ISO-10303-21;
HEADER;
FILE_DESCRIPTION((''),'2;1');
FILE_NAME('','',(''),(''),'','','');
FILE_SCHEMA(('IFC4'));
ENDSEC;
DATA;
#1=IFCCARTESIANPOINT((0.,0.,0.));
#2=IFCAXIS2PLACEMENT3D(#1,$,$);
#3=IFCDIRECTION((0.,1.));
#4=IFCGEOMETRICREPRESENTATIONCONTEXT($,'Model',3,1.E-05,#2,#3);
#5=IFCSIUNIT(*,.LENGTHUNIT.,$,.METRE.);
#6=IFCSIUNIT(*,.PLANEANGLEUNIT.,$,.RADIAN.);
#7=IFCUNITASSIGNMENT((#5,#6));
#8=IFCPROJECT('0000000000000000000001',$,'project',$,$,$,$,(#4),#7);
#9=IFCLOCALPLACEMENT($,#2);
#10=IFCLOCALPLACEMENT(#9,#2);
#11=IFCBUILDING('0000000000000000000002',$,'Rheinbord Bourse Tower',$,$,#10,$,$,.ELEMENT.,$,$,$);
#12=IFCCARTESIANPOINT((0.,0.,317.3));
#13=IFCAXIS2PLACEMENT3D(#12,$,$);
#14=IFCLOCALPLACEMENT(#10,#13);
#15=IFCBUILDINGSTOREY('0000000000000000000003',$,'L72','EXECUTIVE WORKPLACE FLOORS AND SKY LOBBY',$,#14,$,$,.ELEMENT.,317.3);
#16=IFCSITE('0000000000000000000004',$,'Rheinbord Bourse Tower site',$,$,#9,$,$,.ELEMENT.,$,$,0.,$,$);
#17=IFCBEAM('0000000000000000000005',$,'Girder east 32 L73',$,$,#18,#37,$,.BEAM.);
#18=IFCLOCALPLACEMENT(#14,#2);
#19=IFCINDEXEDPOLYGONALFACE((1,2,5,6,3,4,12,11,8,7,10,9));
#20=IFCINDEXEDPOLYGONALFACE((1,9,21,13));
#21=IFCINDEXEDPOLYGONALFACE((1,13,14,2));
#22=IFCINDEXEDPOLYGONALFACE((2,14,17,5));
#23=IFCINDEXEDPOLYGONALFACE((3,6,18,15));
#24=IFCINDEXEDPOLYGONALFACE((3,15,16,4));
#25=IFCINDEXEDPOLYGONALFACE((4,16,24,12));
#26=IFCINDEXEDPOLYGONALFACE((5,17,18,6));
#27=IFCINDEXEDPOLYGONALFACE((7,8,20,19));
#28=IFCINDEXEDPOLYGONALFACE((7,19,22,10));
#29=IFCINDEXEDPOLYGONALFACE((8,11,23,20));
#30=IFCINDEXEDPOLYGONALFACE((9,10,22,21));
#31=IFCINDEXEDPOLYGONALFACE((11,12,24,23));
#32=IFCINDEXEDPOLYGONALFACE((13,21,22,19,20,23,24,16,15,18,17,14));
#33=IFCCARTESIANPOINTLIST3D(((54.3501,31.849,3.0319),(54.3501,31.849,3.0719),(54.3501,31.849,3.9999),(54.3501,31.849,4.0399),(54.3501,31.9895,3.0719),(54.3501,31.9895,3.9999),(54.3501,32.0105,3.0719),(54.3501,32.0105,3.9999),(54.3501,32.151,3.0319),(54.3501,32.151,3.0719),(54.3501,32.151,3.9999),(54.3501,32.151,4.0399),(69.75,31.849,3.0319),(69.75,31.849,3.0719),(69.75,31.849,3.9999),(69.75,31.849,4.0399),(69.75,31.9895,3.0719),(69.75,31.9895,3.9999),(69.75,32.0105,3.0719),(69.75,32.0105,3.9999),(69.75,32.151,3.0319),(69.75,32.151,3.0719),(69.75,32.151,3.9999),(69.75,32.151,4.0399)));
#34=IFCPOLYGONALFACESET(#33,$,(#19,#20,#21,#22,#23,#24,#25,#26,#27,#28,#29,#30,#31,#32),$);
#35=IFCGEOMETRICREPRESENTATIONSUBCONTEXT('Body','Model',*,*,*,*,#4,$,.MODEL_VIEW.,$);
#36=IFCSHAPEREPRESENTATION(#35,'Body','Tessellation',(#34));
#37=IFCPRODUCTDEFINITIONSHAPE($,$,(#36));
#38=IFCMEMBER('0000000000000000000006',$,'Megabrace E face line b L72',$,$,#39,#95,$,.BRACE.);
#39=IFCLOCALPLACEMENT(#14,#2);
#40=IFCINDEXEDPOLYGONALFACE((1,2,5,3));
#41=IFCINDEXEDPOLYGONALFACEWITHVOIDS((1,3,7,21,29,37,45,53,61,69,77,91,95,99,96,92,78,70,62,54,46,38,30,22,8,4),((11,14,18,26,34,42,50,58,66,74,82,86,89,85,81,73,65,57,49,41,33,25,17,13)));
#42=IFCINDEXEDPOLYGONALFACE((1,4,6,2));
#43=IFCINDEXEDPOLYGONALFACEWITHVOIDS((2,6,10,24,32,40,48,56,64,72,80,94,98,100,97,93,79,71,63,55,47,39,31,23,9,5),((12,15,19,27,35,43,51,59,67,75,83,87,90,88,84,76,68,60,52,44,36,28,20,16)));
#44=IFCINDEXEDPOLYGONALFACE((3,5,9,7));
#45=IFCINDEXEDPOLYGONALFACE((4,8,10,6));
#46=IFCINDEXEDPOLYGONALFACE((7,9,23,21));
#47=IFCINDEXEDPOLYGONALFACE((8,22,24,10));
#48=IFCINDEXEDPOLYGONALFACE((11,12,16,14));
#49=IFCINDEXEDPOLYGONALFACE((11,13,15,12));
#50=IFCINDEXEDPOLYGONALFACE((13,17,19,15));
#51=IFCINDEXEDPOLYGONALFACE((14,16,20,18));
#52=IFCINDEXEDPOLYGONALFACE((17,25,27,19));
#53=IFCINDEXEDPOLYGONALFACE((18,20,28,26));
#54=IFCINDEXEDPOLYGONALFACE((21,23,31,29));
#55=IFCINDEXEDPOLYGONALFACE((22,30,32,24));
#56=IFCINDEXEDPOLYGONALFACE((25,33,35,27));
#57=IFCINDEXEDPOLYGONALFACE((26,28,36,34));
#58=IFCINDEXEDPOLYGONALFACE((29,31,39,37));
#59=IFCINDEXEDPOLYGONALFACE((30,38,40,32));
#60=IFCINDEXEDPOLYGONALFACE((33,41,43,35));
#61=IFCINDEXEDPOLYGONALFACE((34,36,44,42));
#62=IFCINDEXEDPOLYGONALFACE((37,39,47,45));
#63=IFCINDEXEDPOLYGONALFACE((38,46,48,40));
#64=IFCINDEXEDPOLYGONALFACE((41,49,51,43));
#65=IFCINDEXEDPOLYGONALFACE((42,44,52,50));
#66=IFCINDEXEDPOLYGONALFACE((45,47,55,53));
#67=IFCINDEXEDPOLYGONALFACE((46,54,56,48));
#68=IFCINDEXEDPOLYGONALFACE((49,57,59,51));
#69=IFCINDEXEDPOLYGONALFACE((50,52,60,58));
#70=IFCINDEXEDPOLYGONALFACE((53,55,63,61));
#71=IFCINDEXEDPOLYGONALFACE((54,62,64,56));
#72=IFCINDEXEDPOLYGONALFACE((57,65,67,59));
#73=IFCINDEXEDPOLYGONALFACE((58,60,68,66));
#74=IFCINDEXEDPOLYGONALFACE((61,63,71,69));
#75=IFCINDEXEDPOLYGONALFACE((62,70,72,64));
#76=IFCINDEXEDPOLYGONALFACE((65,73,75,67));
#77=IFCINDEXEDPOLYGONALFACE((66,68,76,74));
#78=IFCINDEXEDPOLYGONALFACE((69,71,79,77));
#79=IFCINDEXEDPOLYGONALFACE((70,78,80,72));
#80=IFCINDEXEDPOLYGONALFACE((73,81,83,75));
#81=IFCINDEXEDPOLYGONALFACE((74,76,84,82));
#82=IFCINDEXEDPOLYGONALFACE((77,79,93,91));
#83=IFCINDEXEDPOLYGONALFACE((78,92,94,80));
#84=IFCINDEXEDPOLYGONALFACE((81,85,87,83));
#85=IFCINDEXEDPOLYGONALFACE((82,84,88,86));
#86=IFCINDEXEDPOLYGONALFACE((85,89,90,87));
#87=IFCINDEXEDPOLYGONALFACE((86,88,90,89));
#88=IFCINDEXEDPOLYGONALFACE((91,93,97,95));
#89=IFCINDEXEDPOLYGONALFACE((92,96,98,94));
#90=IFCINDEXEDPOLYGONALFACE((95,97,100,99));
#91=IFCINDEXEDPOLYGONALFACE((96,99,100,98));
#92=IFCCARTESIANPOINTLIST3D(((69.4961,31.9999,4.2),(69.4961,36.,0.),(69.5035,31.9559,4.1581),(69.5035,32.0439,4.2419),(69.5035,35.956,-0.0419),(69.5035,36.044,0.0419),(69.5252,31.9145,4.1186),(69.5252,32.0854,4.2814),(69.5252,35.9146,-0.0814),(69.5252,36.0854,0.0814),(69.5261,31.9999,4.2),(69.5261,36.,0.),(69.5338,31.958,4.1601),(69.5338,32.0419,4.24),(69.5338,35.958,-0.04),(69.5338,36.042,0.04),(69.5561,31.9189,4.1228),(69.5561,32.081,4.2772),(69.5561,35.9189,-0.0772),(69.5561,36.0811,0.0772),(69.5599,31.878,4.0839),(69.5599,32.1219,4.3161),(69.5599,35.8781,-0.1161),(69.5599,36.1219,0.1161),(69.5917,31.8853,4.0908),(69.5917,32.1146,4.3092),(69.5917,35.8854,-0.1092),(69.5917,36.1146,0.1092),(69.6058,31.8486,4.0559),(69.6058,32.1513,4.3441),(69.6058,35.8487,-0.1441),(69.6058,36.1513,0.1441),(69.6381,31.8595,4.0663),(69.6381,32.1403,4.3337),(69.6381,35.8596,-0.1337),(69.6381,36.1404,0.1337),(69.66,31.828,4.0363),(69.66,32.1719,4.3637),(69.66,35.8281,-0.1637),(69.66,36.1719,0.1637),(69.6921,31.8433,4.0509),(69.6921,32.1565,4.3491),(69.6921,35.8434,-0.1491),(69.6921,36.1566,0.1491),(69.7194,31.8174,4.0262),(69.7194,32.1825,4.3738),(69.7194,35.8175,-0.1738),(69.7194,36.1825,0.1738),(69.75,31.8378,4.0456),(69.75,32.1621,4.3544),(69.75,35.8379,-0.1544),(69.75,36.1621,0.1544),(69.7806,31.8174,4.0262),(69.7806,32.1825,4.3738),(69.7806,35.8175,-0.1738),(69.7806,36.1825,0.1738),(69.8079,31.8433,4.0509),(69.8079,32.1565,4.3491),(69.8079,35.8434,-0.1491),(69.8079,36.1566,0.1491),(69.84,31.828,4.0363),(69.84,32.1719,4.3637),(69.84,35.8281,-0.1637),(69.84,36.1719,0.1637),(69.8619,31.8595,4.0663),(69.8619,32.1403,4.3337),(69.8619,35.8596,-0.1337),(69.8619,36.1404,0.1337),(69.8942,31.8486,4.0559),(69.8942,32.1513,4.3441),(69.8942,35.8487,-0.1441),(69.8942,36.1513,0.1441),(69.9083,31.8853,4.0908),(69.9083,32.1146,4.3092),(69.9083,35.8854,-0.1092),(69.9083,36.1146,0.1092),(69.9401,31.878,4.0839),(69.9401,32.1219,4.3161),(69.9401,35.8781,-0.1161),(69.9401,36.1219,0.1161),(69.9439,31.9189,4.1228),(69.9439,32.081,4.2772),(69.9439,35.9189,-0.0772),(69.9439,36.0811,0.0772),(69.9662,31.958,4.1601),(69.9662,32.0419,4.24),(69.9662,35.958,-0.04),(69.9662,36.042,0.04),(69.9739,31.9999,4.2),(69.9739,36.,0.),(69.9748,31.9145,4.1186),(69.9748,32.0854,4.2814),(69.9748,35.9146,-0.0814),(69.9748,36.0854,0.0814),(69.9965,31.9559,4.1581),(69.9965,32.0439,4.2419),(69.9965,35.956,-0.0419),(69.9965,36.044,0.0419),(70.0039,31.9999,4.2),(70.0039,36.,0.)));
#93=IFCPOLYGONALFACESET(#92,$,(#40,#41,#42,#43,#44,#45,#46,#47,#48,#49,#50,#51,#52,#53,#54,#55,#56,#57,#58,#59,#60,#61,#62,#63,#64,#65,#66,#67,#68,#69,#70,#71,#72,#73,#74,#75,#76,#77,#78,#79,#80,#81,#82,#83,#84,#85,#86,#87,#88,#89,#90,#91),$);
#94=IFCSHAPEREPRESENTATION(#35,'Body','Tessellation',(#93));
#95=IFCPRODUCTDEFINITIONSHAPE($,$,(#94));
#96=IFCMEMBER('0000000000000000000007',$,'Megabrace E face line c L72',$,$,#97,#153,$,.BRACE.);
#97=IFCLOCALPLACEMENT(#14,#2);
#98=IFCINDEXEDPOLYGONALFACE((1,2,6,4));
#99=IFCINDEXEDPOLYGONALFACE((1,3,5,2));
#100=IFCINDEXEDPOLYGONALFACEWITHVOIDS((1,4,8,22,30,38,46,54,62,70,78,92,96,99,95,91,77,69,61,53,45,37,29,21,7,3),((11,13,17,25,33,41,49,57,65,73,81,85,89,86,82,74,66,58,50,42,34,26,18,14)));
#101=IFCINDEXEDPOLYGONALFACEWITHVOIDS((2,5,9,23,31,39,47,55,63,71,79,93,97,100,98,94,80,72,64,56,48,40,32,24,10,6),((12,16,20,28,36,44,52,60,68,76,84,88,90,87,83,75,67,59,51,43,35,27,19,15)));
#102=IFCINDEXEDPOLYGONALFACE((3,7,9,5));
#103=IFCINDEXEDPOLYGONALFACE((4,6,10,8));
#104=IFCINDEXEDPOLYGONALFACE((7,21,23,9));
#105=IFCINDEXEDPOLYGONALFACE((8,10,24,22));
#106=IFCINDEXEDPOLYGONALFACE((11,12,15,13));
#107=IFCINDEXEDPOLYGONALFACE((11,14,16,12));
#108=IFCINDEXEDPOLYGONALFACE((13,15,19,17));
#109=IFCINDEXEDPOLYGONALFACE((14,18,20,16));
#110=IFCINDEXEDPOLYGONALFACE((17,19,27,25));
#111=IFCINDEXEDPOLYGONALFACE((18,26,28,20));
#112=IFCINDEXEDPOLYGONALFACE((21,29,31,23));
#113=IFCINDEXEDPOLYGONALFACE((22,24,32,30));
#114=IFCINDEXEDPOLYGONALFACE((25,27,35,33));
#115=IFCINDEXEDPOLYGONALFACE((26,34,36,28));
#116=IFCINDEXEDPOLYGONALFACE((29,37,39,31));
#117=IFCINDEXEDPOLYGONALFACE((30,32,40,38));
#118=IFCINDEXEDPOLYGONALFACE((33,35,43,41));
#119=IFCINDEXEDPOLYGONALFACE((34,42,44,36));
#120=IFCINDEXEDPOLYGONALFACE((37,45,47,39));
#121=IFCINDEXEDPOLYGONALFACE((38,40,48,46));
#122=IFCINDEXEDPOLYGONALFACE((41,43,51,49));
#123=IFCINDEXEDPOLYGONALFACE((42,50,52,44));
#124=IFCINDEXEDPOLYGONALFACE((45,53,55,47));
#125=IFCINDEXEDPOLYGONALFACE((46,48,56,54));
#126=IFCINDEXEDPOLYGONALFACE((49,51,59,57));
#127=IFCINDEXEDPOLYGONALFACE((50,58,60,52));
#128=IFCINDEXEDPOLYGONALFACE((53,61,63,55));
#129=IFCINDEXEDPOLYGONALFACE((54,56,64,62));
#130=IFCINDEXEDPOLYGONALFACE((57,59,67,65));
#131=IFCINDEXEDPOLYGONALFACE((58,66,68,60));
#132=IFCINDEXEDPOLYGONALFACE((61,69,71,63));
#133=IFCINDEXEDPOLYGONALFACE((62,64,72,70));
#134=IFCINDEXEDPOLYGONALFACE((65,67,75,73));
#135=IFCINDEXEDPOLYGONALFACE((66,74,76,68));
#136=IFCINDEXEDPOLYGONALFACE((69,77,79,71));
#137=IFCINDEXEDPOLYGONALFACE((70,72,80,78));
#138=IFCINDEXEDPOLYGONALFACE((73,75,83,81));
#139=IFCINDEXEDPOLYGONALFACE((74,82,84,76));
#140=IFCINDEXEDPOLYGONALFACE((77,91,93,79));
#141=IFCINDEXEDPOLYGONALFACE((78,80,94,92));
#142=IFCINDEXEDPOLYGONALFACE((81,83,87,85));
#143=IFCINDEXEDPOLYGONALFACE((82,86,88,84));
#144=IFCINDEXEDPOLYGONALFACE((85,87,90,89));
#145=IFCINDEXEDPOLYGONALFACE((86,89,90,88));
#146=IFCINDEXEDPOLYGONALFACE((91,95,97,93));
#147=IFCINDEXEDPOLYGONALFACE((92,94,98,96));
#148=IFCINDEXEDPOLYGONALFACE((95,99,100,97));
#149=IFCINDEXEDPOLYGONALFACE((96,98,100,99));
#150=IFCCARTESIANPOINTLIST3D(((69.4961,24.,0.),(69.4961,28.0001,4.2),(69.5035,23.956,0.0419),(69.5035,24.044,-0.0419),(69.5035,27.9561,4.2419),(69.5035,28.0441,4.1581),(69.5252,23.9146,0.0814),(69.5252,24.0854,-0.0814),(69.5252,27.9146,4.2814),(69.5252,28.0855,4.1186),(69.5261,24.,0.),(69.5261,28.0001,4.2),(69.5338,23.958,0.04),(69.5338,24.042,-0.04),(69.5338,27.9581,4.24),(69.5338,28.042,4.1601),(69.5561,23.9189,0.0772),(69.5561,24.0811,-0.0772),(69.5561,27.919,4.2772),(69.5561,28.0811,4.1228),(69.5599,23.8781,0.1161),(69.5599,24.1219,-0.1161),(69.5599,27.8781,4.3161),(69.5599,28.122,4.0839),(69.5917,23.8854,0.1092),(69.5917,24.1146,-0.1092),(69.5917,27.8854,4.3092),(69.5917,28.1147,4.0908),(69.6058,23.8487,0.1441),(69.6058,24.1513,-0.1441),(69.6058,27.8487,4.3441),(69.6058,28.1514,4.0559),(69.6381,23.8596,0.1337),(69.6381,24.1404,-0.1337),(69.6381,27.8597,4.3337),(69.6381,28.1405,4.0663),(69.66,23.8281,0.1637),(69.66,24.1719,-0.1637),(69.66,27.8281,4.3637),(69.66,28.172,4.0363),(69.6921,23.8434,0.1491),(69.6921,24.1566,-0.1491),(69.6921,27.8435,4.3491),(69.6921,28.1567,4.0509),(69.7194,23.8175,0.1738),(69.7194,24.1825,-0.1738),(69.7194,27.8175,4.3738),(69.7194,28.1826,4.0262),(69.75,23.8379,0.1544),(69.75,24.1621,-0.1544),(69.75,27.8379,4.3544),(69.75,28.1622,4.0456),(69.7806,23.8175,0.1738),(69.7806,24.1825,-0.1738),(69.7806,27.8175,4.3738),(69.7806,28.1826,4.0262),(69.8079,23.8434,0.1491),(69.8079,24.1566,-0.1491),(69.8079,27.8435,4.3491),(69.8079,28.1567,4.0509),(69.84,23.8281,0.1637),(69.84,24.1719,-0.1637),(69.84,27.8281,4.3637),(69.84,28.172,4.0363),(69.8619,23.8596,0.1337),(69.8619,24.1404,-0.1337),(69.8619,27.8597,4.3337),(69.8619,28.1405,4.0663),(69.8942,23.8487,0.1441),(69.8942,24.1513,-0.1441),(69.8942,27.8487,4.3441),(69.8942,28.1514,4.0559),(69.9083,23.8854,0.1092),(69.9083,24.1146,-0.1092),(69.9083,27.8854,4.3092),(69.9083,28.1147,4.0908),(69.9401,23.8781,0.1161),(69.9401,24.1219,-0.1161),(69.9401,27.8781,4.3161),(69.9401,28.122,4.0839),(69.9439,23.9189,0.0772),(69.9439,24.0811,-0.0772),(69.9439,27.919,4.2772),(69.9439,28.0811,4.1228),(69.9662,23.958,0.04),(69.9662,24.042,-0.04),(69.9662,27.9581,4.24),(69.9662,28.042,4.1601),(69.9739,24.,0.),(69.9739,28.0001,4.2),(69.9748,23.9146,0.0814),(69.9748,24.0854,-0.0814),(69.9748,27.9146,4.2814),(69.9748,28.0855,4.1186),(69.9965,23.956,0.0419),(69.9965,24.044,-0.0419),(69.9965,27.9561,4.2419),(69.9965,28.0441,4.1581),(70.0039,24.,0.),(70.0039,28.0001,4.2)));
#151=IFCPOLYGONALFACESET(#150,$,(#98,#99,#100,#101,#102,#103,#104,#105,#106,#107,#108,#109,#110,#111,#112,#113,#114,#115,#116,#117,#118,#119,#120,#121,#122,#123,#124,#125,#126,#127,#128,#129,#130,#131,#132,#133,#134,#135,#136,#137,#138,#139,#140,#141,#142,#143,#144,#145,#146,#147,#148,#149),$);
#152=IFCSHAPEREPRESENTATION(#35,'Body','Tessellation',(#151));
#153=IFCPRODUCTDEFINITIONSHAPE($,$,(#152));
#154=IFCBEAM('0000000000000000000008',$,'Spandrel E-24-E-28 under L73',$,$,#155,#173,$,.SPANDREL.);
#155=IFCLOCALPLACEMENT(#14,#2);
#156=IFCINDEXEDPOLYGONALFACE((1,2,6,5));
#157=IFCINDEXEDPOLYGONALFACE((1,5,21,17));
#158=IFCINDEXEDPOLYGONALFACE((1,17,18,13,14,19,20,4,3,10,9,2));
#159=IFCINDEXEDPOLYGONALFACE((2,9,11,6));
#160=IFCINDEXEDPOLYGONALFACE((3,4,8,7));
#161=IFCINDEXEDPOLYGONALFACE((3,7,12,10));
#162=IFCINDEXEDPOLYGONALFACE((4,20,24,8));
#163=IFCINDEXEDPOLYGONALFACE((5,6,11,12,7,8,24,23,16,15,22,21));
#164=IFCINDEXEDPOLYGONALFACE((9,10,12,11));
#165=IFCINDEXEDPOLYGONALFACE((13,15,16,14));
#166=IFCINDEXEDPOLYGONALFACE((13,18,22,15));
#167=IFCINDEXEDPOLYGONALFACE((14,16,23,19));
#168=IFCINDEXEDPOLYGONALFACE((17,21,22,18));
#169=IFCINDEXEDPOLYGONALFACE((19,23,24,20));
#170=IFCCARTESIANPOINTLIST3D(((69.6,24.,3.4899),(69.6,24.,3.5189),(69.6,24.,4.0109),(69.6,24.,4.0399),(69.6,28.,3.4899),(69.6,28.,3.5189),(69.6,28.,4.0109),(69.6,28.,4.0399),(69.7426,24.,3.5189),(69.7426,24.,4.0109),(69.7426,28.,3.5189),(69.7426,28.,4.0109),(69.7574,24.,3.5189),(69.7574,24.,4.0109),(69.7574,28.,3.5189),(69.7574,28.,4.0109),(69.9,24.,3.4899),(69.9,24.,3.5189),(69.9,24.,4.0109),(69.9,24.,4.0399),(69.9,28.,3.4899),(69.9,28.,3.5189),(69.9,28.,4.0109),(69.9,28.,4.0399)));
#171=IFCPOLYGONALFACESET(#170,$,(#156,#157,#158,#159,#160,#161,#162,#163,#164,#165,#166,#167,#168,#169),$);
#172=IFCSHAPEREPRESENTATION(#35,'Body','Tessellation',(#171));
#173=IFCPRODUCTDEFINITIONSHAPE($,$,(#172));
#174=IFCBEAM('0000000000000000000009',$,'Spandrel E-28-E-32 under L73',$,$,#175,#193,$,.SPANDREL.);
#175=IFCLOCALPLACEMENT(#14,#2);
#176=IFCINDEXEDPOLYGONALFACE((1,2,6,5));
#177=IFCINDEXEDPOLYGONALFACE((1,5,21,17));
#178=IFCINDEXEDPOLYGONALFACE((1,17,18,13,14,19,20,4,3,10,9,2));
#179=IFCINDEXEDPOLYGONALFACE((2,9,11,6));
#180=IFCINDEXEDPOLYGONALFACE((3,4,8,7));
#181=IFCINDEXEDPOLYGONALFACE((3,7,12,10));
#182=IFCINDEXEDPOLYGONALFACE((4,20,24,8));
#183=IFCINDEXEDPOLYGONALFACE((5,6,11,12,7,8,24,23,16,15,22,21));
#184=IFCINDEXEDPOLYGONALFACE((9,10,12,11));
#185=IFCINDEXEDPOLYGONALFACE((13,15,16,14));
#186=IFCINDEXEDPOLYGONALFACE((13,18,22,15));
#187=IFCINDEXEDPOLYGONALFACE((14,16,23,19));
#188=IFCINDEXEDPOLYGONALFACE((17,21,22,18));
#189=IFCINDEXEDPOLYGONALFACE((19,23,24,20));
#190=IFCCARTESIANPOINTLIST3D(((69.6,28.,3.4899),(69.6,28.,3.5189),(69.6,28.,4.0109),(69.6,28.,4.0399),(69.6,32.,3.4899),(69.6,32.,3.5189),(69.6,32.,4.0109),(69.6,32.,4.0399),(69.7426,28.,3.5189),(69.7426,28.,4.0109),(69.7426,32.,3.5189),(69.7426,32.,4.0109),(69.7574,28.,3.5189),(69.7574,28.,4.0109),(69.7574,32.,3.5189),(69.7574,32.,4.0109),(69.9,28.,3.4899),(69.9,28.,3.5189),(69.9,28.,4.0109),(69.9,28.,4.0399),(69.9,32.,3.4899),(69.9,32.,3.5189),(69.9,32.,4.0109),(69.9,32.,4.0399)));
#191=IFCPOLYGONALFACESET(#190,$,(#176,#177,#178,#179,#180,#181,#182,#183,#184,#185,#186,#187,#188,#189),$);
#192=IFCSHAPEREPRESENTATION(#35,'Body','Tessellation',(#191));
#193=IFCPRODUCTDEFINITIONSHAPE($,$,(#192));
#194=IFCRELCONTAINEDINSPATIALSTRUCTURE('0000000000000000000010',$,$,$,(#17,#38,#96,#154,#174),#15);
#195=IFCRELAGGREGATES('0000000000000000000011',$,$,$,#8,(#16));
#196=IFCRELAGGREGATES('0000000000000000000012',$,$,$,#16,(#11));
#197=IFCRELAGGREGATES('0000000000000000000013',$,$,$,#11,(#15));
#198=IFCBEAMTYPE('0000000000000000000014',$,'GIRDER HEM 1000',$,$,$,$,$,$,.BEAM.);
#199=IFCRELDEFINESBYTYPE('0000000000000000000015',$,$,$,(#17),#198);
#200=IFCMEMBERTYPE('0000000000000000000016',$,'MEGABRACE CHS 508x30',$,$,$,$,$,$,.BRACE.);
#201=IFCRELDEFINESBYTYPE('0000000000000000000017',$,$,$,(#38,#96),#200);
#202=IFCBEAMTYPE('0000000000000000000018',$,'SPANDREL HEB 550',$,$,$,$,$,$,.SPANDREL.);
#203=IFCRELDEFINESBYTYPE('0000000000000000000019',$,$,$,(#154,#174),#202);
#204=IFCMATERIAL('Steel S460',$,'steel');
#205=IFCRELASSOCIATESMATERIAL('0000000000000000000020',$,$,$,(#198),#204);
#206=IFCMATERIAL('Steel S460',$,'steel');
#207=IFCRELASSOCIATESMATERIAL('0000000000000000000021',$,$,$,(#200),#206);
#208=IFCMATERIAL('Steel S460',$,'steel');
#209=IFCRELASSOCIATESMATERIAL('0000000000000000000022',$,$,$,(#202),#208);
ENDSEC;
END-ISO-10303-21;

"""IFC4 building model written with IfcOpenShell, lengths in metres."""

from ifc_helpers import new_model, si_unit, direction, frame, origin, origin_2d, place, context, subcontext, project, spatial, hollow_circle, i_section, extrude, material, material_profile, profile_set, type_object, element, save


model = new_model("IFC4")

# Units and contexts
model_context = context("Model", 3, precision=1e-05, world=origin(), true_north=direction((0.0, 1.0)))
body_context = subcontext(model_context, "Body", "Model", "MODEL_VIEW")
ifc_project = project(units=[si_unit("LENGTHUNIT", "METRE"), si_unit("PLANEANGLEUNIT", "RADIAN")], contexts=[model_context])

# Site, building, storey
site_placement = place(None, origin())
site = spatial("IfcSite", under=ifc_project, at=site_placement, Name="Rheinbord Bourse Tower site", CompositionType="ELEMENT", RefElevation=0.0)
building_placement = place(site_placement, origin())
building = spatial("IfcBuilding", under=site, at=building_placement, Name="Rheinbord Bourse Tower", CompositionType="ELEMENT")
storey_placement = place(building_placement, frame((0.0, 0.0, 317.3)))
storey = spatial("IfcBuildingStorey", under=building, at=storey_placement, Name="L72", Description="EXECUTIVE WORKPLACE FLOORS AND SKY LOBBY", CompositionType="ELEMENT", Elevation=317.3)

# Beam
ifc_material_1 = material(Name="Steel S460", Category="steel")
ifc_material_profile_1 = material_profile(ifc_material_1, i_section(OverallWidth=0.302, OverallDepth=1.0081, WebThickness=0.021, FlangeThickness=0.04, at=origin_2d()), Name="HEM 1000")
ifc_profile_set_1 = profile_set([ifc_material_profile_1], Name="Steel S460")
beam_type_1 = type_object("IfcBeamType", Name="GIRDER HEM 1000", PredefinedType="BEAM", material=ifc_profile_set_1)
beam_placement = place(storey_placement, frame((54.3501, 32.0, 3.5359), z_axis=(1.0, 0.0, 0.0), x_axis=(0.0, 1.0, 0.0)))
element("IfcBeam", 1, at=beam_placement, inside=storey, type_object=beam_type_1, Name="Girder east 32 L73", PredefinedType="BEAM", context=body_context, shape_type="SweptSolid", body=[
    extrude(i_section(OverallWidth=0.302, OverallDepth=1.0081, WebThickness=0.021, FlangeThickness=0.04, at=origin_2d()), origin(), (0.0, 0.0, 1.0), 15.3999),
])

# Members
ifc_material_2 = material(Name="Steel S460", Category="steel")
ifc_material_profile_2 = material_profile(ifc_material_2, hollow_circle(Radius=0.2539, WallThickness=0.03, at=origin_2d()), Name="CHS 508x30")
ifc_profile_set_2 = profile_set([ifc_material_profile_2], Name="Steel S460")
member_type_1 = type_object("IfcMemberType", Name="MEGABRACE CHS 508x30", PredefinedType="BRACE", material=ifc_profile_set_2)
for number, where, z_axis, x_axis, name in (
    (2, (69.75, 36.0, 0.0), (0.0, -0.689659, 0.724134), (1.0, 0.0, 0.0), "Megabrace E face line b L72"),
    (3, (69.75, 24.0, 0.0), (0.0, 0.689659, 0.724134), (-1.0, 0.0, 0.0), "Megabrace E face line c L72"),
):
    element("IfcMember", number, at=place(storey_placement, frame(where, z_axis=z_axis, x_axis=x_axis)), inside=storey, type_object=member_type_1, Name=name, PredefinedType="BRACE", context=body_context, shape_type="SweptSolid", body=[
        extrude(hollow_circle(Radius=0.2539, WallThickness=0.03, at=origin_2d()), origin(), (0.0, 0.0, 1.0), 5.8),
    ])

# Beams
ifc_material_3 = material(Name="Steel S460", Category="steel")
ifc_material_profile_3 = material_profile(ifc_material_3, i_section(OverallWidth=0.3, OverallDepth=0.55, WebThickness=0.0149, FlangeThickness=0.0291, at=origin_2d()), Name="HEB 550")
ifc_profile_set_3 = profile_set([ifc_material_profile_3], Name="Steel S460")
beam_type_2 = type_object("IfcBeamType", Name="SPANDREL HEB 550", PredefinedType="SPANDREL", material=ifc_profile_set_3)
for number, where, z_axis, x_axis, name in (
    (4, (69.75, 24.0, 3.7649), (0.0, 1.0, 0.0), (-1.0, 0.0, 0.0), "Spandrel E-24-E-28 under L73"),
    (5, (69.75, 28.0, 3.7649), (0.0, 1.0, 0.0), (-1.0, 0.0, 0.0), "Spandrel E-28-E-32 under L73"),
):
    element("IfcBeam", number, at=place(storey_placement, frame(where, z_axis=z_axis, x_axis=x_axis)), inside=storey, type_object=beam_type_2, Name=name, PredefinedType="SPANDREL", context=body_context, shape_type="SweptSolid", body=[
        extrude(i_section(OverallWidth=0.3, OverallDepth=0.55, WebThickness=0.0149, FlangeThickness=0.0291, at=origin_2d()), origin(), (0.0, 0.0, 1.0), 4.0),
    ])

save(model, "model.ifc")
